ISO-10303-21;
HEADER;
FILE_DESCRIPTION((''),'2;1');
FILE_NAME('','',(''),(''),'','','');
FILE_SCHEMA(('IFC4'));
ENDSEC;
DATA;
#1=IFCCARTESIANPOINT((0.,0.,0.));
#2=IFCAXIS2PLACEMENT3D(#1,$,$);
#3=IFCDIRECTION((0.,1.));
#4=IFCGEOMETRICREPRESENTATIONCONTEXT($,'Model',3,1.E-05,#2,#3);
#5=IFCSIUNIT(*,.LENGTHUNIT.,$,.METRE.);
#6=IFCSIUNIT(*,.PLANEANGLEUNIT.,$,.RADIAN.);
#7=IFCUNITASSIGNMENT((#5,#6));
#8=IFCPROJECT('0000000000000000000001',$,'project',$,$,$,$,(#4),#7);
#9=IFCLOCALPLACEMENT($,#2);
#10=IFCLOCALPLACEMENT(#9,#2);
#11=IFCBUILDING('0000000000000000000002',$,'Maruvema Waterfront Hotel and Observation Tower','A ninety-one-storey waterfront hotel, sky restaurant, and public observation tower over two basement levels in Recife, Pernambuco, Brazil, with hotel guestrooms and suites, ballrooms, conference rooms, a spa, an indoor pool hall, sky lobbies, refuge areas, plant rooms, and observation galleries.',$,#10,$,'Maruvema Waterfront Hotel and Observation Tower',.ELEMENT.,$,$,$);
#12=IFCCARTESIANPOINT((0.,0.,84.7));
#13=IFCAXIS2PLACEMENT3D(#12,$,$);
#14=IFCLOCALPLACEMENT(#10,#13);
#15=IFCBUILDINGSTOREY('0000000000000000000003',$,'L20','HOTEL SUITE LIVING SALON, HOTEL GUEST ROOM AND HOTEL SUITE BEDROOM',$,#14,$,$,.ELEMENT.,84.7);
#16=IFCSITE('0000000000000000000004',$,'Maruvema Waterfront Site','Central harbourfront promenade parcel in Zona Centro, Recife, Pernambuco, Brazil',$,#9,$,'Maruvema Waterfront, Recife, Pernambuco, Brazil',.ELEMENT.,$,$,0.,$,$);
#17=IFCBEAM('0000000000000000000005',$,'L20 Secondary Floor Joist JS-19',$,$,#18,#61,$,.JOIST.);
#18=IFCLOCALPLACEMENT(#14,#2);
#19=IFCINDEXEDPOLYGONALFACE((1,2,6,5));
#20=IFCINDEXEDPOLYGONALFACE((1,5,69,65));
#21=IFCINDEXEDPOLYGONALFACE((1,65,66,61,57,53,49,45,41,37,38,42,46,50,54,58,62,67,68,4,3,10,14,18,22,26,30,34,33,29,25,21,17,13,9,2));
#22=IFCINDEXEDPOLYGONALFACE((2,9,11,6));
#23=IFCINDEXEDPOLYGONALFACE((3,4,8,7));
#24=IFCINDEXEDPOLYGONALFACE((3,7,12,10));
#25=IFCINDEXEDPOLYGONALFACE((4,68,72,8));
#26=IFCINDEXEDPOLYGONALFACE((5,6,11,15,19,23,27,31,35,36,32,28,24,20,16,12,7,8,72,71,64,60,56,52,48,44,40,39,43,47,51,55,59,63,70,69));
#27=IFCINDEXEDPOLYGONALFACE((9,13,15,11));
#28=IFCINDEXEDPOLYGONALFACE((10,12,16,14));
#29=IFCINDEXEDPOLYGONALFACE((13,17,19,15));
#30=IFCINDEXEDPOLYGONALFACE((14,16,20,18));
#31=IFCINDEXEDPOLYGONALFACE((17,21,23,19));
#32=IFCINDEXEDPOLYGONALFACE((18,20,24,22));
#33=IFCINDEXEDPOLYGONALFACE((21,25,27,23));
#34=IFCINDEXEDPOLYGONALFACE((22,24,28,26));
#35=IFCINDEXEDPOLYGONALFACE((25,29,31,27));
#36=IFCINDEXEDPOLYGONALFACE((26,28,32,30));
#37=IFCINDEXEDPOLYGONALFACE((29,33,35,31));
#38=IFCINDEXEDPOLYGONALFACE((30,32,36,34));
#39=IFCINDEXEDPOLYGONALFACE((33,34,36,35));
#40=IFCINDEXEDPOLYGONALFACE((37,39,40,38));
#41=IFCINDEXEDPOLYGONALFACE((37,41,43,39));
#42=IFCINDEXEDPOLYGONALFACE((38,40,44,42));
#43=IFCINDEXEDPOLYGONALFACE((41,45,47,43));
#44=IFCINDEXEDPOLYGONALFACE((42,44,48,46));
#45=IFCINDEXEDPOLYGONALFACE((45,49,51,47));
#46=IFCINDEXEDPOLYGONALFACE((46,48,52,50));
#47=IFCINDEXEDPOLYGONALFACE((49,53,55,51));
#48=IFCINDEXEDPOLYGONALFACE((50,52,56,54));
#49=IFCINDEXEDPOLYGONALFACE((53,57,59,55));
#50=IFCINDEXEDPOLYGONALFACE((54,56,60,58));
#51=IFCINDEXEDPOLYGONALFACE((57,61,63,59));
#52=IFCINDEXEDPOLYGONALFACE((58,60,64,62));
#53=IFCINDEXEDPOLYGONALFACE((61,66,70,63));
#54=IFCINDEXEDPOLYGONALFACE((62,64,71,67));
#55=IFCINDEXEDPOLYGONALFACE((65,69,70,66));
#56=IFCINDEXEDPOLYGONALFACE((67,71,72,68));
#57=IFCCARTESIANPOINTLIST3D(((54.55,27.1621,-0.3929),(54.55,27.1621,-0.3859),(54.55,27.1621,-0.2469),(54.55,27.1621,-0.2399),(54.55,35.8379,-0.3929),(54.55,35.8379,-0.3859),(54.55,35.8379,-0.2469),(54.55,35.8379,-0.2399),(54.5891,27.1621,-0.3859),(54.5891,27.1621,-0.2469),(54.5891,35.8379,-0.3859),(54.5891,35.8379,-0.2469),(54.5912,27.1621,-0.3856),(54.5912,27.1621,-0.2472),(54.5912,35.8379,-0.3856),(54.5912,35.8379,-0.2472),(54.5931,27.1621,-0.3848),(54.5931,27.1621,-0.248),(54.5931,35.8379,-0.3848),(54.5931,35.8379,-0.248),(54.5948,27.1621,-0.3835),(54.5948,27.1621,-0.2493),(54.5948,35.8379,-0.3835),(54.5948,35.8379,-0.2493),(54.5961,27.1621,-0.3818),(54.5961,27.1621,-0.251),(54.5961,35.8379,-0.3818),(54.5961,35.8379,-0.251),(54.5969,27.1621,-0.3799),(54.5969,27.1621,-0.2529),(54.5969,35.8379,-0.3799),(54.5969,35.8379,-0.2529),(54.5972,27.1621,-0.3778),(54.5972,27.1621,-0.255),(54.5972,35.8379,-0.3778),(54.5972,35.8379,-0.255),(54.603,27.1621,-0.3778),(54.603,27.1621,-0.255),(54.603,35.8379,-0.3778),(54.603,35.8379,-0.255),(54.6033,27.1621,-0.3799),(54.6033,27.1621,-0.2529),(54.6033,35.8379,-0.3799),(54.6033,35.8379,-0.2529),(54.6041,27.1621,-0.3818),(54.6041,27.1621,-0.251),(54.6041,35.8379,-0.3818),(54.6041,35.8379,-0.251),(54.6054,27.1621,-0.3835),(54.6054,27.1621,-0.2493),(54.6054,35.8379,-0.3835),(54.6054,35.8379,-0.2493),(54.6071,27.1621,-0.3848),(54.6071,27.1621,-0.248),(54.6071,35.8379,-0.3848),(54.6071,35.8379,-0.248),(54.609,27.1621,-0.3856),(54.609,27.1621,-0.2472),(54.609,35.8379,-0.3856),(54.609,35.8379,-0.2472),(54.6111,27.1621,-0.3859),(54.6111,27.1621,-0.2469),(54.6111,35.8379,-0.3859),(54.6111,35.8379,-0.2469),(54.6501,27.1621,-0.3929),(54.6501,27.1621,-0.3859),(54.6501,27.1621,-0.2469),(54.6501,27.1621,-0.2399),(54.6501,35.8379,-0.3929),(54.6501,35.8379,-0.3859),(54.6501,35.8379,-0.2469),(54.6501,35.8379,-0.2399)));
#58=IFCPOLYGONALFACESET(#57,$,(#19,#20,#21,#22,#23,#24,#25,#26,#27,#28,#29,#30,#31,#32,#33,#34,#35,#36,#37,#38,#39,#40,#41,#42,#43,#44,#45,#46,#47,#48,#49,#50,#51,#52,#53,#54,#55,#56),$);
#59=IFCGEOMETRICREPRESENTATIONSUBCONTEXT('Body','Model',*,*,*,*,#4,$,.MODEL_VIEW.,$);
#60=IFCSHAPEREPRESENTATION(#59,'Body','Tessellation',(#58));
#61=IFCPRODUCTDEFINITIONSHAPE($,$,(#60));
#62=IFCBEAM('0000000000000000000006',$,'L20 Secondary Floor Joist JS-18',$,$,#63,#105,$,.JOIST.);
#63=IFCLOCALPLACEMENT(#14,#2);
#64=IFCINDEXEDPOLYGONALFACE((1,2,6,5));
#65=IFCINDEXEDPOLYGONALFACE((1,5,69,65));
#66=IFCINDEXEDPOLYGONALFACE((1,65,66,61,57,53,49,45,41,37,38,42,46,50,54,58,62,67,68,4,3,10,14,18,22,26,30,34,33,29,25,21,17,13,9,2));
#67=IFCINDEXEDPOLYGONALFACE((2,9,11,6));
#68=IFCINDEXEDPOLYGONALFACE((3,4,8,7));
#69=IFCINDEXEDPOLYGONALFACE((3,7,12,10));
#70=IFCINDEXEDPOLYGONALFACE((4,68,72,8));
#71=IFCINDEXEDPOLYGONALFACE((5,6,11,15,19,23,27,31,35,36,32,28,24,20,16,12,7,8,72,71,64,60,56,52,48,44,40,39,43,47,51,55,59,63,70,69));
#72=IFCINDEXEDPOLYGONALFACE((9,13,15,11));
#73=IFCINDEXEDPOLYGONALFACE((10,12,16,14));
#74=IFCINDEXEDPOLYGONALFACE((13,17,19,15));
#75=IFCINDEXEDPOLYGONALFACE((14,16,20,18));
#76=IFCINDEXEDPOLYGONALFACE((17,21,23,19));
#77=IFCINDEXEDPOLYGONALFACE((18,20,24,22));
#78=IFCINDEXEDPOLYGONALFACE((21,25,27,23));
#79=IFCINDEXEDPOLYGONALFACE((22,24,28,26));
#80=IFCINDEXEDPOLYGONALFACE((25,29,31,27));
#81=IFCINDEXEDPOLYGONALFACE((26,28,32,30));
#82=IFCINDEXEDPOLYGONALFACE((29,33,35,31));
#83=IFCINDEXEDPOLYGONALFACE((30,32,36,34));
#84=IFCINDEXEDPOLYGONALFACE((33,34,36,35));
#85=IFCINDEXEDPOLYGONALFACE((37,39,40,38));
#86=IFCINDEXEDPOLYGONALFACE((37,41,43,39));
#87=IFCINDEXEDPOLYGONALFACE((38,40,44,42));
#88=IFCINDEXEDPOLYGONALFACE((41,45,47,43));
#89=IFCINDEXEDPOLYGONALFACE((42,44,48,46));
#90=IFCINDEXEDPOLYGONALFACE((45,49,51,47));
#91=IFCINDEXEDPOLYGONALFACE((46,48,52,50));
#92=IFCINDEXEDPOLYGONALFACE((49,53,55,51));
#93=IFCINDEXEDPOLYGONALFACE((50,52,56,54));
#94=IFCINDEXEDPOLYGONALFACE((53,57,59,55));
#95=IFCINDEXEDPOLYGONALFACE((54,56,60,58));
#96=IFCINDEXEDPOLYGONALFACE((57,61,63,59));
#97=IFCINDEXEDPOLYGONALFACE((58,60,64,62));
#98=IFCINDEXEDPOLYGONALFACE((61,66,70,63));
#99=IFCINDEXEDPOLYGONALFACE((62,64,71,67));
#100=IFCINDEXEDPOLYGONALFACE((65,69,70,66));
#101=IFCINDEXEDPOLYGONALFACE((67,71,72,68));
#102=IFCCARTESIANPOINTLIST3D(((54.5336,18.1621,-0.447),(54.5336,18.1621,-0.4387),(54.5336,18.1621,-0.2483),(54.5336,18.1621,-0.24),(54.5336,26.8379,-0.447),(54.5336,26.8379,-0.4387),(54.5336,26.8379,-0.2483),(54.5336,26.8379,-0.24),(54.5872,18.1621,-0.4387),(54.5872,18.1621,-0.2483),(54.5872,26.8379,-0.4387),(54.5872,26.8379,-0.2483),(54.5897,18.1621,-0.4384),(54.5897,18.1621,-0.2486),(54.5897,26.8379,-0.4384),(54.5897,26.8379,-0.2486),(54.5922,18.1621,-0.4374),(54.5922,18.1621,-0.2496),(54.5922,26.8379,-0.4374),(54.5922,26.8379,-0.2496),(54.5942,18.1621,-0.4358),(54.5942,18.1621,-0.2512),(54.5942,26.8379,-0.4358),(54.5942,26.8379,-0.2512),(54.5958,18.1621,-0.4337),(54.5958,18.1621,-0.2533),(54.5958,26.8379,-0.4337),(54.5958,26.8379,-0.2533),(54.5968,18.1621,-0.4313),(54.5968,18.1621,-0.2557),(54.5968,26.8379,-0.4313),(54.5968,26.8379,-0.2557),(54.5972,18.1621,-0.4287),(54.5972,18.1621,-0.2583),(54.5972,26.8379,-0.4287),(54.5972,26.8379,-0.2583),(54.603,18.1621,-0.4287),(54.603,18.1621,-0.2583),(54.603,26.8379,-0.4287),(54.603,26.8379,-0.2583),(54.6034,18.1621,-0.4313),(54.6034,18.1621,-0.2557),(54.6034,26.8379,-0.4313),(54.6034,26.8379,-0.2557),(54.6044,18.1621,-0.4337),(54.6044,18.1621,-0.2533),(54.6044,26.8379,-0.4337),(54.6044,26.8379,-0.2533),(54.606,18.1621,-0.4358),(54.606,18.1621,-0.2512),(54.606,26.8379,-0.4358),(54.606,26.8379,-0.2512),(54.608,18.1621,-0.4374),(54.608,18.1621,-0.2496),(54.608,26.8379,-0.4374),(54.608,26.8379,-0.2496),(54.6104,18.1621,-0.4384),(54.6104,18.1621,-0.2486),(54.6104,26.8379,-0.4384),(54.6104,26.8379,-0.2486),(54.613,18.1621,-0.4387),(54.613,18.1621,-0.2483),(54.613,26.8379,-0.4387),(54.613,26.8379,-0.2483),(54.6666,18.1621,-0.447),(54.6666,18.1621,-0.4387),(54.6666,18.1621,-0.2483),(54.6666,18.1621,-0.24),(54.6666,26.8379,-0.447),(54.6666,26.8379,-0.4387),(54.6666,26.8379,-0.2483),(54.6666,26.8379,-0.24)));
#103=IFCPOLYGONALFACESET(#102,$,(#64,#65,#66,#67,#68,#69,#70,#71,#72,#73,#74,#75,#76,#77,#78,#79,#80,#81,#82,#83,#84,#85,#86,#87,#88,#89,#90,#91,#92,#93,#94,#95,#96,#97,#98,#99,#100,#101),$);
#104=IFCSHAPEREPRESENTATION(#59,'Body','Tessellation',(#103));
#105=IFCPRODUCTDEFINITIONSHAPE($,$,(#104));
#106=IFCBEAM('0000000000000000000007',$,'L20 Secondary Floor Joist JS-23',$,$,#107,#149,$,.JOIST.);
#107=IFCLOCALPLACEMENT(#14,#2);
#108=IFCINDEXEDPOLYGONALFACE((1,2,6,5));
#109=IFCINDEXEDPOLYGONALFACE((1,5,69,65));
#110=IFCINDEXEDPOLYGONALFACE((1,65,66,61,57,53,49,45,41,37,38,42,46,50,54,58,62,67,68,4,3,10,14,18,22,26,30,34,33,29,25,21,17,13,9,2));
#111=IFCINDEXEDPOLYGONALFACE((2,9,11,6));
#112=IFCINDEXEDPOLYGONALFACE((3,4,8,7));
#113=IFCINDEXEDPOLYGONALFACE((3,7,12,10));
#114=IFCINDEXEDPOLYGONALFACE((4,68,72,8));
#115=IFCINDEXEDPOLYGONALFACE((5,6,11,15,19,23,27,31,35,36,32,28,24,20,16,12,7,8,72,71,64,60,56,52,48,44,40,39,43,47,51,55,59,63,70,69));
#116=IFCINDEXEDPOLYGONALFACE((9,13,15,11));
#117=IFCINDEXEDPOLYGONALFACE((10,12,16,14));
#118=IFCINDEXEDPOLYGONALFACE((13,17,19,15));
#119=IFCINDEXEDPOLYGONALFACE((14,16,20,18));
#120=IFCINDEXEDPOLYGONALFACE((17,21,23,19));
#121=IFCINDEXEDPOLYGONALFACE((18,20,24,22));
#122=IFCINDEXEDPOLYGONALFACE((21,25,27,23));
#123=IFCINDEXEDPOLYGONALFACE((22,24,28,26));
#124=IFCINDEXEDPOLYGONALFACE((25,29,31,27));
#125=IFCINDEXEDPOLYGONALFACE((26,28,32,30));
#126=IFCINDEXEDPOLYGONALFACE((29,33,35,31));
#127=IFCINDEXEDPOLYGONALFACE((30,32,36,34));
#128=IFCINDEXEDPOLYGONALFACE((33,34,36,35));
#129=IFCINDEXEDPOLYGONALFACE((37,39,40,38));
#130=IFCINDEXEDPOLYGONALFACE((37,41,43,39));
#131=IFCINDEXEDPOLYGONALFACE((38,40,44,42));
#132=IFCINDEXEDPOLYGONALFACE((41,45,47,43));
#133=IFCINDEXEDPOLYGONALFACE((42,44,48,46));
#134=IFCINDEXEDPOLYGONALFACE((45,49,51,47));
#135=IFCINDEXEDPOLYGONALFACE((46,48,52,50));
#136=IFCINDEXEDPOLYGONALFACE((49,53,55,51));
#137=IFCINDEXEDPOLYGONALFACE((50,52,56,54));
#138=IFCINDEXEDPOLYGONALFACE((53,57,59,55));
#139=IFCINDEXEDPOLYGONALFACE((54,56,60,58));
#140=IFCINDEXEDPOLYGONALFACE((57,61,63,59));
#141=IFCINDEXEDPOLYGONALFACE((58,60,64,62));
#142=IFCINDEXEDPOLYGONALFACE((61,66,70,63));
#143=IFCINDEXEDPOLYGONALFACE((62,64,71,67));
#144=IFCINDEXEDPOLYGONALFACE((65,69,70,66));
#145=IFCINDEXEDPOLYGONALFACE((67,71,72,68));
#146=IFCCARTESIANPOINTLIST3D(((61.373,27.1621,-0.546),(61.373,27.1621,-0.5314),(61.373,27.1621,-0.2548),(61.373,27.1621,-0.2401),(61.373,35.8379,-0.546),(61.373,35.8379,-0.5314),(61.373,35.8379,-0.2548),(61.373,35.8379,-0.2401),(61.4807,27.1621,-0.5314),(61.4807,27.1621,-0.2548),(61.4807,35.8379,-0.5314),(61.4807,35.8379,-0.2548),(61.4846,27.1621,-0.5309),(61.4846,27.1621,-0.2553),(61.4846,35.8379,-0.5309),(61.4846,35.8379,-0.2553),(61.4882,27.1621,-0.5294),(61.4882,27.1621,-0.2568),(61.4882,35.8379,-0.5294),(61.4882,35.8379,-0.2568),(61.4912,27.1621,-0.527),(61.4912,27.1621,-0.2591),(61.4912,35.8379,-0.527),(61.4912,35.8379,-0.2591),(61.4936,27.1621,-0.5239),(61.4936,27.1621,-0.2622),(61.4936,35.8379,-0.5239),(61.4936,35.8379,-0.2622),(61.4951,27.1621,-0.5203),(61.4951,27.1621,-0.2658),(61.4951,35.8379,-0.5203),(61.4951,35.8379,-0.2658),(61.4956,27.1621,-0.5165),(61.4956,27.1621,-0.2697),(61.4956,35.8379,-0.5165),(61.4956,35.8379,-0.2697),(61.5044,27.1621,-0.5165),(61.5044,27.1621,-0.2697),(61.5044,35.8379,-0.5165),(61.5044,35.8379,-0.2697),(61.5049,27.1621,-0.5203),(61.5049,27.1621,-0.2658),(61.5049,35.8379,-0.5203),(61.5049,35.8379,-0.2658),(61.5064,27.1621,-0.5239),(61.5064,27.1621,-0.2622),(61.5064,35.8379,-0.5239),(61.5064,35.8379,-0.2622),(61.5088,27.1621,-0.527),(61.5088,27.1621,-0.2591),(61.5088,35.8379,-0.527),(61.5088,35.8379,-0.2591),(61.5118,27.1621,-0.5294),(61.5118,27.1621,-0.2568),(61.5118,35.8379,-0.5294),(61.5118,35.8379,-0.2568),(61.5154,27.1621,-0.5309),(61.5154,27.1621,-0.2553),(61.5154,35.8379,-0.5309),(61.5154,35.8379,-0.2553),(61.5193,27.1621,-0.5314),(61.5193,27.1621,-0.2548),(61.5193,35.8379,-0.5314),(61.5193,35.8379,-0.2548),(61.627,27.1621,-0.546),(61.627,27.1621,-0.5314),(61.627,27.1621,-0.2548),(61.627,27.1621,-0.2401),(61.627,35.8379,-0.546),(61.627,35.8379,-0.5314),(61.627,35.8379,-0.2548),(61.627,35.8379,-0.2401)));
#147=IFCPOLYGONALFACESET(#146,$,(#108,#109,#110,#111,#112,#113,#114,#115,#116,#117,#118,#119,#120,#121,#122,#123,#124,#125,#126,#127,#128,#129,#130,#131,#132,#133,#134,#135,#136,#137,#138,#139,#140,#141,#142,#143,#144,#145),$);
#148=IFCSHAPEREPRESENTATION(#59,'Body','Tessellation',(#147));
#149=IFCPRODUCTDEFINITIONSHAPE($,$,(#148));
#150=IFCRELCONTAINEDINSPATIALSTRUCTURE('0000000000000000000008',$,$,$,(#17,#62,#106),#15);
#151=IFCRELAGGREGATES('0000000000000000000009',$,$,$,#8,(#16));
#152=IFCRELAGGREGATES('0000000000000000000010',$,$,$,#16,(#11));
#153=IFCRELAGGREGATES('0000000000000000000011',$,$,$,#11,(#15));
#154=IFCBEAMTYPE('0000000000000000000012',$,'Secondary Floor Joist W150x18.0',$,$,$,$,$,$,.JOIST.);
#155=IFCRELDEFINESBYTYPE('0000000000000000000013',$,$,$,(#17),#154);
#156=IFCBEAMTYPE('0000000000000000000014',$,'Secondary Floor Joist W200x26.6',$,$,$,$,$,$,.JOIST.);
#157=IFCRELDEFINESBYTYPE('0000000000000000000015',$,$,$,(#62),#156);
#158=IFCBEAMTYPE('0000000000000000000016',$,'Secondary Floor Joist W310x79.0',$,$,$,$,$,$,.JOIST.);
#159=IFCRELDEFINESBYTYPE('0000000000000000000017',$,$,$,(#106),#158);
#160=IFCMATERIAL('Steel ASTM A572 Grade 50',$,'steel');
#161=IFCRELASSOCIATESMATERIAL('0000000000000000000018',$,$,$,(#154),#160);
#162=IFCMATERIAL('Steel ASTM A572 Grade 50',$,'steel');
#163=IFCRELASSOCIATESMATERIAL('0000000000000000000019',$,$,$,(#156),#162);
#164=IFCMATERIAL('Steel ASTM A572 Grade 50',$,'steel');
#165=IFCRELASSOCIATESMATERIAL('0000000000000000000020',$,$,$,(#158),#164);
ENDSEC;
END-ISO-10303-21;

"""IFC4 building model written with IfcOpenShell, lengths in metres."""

from ifc_helpers import new_model, si_unit, direction, frame, origin, origin_2d, place, context, subcontext, project, spatial, i_section, extrude, material, material_profile, profile_set, type_object, element, save


model = new_model("IFC4")

# Units and contexts
model_context = context("Model", 3, precision=1e-05, world=origin(), true_north=direction((0.0, 1.0)))
body_context = subcontext(model_context, "Body", "Model", "MODEL_VIEW")
ifc_project = project(units=[si_unit("LENGTHUNIT", "METRE"), si_unit("PLANEANGLEUNIT", "RADIAN")], contexts=[model_context])

# Site, building, storey
site_placement = place(None, origin())
site = spatial("IfcSite", under=ifc_project, at=site_placement, Name="Maruvema Waterfront Site", Description="Central harbourfront promenade parcel in Zona Centro, Recife, Pernambuco, Brazil", LongName="Maruvema Waterfront, Recife, Pernambuco, Brazil", CompositionType="ELEMENT", RefElevation=0.0)
building_placement = place(site_placement, origin())
building = spatial("IfcBuilding", under=site, at=building_placement, Name="Maruvema Waterfront Hotel and Observation Tower", Description="A ninety-one-storey waterfront hotel, sky restaurant, and public observation tower over two basement levels in Recife, Pernambuco, Brazil, with hotel guestrooms and suites, ballrooms, conference rooms, a spa, an indoor pool hall, sky lobbies, refuge areas, plant rooms, and observation galleries.", LongName="Maruvema Waterfront Hotel and Observation Tower", CompositionType="ELEMENT")
storey_placement = place(building_placement, frame((0.0, 0.0, 84.7)))
storey = spatial("IfcBuildingStorey", under=building, at=storey_placement, Name="L20", Description="HOTEL SUITE LIVING SALON, HOTEL GUEST ROOM AND HOTEL SUITE BEDROOM", CompositionType="ELEMENT", Elevation=84.7)

# Beams
ifc_material_1 = material(Name="Steel ASTM A572 Grade 50", Category="steel")
ifc_material_profile_1 = material_profile(ifc_material_1, i_section(OverallWidth=0.1001, OverallDepth=0.1531, WebThickness=0.0059, FlangeThickness=0.0071, FilletRadius=0.0081, at=origin_2d()), Name="W150x18.0")
ifc_profile_set_1 = profile_set([ifc_material_profile_1], Name="Steel ASTM A572 Grade 50")
beam_type_1 = type_object("IfcBeamType", Name="Secondary Floor Joist W150x18.0", PredefinedType="JOIST", material=ifc_profile_set_1)
beam_1_placement = place(storey_placement, frame((54.6001, 27.1621, -0.3164), z_axis=(0.0, 1.0, 0.0), x_axis=(-1.0, 0.0, 0.0)))
element("IfcBeam", 1, at=beam_1_placement, inside=storey, type_object=beam_type_1, Name="L20 Secondary Floor Joist JS-19", PredefinedType="JOIST", context=body_context, shape_type="SweptSolid", body=[
    extrude(i_section(OverallWidth=0.1001, OverallDepth=0.1531, WebThickness=0.0059, FlangeThickness=0.0071, FilletRadius=0.0081, at=origin_2d()), origin(), (0.0, 0.0, 1.0), 8.6758),
])
ifc_material_2 = material(Name="Steel ASTM A572 Grade 50", Category="steel")
ifc_material_profile_2 = material_profile(ifc_material_2, i_section(OverallWidth=0.1331, OverallDepth=0.207, WebThickness=0.0059, FlangeThickness=0.0083, FilletRadius=0.01, at=origin_2d()), Name="W200x26.6")
ifc_profile_set_2 = profile_set([ifc_material_profile_2], Name="Steel ASTM A572 Grade 50")
beam_type_2 = type_object("IfcBeamType", Name="Secondary Floor Joist W200x26.6", PredefinedType="JOIST", material=ifc_profile_set_2)
beam_2_placement = place(storey_placement, frame((54.6001, 18.1621, -0.3435), z_axis=(0.0, 1.0, 0.0), x_axis=(-1.0, 0.0, 0.0)))
element("IfcBeam", 2, at=beam_2_placement, inside=storey, type_object=beam_type_2, Name="L20 Secondary Floor Joist JS-18", PredefinedType="JOIST", context=body_context, shape_type="SweptSolid", body=[
    extrude(i_section(OverallWidth=0.1331, OverallDepth=0.207, WebThickness=0.0059, FlangeThickness=0.0083, FilletRadius=0.01, at=origin_2d()), origin(), (0.0, 0.0, 1.0), 8.6758),
])
ifc_material_3 = material(Name="Steel ASTM A572 Grade 50", Category="steel")
ifc_material_profile_3 = material_profile(ifc_material_3, i_section(OverallWidth=0.2539, OverallDepth=0.3059, WebThickness=0.0088, FlangeThickness=0.0146, FilletRadius=0.0149, at=origin_2d()), Name="W310x79.0")
ifc_profile_set_3 = profile_set([ifc_material_profile_3], Name="Steel ASTM A572 Grade 50")
beam_type_3 = type_object("IfcBeamType", Name="Secondary Floor Joist W310x79.0", PredefinedType="JOIST", material=ifc_profile_set_3)
beam_3_placement = place(storey_placement, frame((61.5, 27.1621, -0.3931), z_axis=(0.0, 1.0, 0.0), x_axis=(-1.0, 0.0, 0.0)))
element("IfcBeam", 3, at=beam_3_placement, inside=storey, type_object=beam_type_3, Name="L20 Secondary Floor Joist JS-23", PredefinedType="JOIST", context=body_context, shape_type="SweptSolid", body=[
    extrude(i_section(OverallWidth=0.2539, OverallDepth=0.3059, WebThickness=0.0088, FlangeThickness=0.0146, FilletRadius=0.0149, at=origin_2d()), origin(), (0.0, 0.0, 1.0), 8.6758),
])

save(model, "model.ifc")
